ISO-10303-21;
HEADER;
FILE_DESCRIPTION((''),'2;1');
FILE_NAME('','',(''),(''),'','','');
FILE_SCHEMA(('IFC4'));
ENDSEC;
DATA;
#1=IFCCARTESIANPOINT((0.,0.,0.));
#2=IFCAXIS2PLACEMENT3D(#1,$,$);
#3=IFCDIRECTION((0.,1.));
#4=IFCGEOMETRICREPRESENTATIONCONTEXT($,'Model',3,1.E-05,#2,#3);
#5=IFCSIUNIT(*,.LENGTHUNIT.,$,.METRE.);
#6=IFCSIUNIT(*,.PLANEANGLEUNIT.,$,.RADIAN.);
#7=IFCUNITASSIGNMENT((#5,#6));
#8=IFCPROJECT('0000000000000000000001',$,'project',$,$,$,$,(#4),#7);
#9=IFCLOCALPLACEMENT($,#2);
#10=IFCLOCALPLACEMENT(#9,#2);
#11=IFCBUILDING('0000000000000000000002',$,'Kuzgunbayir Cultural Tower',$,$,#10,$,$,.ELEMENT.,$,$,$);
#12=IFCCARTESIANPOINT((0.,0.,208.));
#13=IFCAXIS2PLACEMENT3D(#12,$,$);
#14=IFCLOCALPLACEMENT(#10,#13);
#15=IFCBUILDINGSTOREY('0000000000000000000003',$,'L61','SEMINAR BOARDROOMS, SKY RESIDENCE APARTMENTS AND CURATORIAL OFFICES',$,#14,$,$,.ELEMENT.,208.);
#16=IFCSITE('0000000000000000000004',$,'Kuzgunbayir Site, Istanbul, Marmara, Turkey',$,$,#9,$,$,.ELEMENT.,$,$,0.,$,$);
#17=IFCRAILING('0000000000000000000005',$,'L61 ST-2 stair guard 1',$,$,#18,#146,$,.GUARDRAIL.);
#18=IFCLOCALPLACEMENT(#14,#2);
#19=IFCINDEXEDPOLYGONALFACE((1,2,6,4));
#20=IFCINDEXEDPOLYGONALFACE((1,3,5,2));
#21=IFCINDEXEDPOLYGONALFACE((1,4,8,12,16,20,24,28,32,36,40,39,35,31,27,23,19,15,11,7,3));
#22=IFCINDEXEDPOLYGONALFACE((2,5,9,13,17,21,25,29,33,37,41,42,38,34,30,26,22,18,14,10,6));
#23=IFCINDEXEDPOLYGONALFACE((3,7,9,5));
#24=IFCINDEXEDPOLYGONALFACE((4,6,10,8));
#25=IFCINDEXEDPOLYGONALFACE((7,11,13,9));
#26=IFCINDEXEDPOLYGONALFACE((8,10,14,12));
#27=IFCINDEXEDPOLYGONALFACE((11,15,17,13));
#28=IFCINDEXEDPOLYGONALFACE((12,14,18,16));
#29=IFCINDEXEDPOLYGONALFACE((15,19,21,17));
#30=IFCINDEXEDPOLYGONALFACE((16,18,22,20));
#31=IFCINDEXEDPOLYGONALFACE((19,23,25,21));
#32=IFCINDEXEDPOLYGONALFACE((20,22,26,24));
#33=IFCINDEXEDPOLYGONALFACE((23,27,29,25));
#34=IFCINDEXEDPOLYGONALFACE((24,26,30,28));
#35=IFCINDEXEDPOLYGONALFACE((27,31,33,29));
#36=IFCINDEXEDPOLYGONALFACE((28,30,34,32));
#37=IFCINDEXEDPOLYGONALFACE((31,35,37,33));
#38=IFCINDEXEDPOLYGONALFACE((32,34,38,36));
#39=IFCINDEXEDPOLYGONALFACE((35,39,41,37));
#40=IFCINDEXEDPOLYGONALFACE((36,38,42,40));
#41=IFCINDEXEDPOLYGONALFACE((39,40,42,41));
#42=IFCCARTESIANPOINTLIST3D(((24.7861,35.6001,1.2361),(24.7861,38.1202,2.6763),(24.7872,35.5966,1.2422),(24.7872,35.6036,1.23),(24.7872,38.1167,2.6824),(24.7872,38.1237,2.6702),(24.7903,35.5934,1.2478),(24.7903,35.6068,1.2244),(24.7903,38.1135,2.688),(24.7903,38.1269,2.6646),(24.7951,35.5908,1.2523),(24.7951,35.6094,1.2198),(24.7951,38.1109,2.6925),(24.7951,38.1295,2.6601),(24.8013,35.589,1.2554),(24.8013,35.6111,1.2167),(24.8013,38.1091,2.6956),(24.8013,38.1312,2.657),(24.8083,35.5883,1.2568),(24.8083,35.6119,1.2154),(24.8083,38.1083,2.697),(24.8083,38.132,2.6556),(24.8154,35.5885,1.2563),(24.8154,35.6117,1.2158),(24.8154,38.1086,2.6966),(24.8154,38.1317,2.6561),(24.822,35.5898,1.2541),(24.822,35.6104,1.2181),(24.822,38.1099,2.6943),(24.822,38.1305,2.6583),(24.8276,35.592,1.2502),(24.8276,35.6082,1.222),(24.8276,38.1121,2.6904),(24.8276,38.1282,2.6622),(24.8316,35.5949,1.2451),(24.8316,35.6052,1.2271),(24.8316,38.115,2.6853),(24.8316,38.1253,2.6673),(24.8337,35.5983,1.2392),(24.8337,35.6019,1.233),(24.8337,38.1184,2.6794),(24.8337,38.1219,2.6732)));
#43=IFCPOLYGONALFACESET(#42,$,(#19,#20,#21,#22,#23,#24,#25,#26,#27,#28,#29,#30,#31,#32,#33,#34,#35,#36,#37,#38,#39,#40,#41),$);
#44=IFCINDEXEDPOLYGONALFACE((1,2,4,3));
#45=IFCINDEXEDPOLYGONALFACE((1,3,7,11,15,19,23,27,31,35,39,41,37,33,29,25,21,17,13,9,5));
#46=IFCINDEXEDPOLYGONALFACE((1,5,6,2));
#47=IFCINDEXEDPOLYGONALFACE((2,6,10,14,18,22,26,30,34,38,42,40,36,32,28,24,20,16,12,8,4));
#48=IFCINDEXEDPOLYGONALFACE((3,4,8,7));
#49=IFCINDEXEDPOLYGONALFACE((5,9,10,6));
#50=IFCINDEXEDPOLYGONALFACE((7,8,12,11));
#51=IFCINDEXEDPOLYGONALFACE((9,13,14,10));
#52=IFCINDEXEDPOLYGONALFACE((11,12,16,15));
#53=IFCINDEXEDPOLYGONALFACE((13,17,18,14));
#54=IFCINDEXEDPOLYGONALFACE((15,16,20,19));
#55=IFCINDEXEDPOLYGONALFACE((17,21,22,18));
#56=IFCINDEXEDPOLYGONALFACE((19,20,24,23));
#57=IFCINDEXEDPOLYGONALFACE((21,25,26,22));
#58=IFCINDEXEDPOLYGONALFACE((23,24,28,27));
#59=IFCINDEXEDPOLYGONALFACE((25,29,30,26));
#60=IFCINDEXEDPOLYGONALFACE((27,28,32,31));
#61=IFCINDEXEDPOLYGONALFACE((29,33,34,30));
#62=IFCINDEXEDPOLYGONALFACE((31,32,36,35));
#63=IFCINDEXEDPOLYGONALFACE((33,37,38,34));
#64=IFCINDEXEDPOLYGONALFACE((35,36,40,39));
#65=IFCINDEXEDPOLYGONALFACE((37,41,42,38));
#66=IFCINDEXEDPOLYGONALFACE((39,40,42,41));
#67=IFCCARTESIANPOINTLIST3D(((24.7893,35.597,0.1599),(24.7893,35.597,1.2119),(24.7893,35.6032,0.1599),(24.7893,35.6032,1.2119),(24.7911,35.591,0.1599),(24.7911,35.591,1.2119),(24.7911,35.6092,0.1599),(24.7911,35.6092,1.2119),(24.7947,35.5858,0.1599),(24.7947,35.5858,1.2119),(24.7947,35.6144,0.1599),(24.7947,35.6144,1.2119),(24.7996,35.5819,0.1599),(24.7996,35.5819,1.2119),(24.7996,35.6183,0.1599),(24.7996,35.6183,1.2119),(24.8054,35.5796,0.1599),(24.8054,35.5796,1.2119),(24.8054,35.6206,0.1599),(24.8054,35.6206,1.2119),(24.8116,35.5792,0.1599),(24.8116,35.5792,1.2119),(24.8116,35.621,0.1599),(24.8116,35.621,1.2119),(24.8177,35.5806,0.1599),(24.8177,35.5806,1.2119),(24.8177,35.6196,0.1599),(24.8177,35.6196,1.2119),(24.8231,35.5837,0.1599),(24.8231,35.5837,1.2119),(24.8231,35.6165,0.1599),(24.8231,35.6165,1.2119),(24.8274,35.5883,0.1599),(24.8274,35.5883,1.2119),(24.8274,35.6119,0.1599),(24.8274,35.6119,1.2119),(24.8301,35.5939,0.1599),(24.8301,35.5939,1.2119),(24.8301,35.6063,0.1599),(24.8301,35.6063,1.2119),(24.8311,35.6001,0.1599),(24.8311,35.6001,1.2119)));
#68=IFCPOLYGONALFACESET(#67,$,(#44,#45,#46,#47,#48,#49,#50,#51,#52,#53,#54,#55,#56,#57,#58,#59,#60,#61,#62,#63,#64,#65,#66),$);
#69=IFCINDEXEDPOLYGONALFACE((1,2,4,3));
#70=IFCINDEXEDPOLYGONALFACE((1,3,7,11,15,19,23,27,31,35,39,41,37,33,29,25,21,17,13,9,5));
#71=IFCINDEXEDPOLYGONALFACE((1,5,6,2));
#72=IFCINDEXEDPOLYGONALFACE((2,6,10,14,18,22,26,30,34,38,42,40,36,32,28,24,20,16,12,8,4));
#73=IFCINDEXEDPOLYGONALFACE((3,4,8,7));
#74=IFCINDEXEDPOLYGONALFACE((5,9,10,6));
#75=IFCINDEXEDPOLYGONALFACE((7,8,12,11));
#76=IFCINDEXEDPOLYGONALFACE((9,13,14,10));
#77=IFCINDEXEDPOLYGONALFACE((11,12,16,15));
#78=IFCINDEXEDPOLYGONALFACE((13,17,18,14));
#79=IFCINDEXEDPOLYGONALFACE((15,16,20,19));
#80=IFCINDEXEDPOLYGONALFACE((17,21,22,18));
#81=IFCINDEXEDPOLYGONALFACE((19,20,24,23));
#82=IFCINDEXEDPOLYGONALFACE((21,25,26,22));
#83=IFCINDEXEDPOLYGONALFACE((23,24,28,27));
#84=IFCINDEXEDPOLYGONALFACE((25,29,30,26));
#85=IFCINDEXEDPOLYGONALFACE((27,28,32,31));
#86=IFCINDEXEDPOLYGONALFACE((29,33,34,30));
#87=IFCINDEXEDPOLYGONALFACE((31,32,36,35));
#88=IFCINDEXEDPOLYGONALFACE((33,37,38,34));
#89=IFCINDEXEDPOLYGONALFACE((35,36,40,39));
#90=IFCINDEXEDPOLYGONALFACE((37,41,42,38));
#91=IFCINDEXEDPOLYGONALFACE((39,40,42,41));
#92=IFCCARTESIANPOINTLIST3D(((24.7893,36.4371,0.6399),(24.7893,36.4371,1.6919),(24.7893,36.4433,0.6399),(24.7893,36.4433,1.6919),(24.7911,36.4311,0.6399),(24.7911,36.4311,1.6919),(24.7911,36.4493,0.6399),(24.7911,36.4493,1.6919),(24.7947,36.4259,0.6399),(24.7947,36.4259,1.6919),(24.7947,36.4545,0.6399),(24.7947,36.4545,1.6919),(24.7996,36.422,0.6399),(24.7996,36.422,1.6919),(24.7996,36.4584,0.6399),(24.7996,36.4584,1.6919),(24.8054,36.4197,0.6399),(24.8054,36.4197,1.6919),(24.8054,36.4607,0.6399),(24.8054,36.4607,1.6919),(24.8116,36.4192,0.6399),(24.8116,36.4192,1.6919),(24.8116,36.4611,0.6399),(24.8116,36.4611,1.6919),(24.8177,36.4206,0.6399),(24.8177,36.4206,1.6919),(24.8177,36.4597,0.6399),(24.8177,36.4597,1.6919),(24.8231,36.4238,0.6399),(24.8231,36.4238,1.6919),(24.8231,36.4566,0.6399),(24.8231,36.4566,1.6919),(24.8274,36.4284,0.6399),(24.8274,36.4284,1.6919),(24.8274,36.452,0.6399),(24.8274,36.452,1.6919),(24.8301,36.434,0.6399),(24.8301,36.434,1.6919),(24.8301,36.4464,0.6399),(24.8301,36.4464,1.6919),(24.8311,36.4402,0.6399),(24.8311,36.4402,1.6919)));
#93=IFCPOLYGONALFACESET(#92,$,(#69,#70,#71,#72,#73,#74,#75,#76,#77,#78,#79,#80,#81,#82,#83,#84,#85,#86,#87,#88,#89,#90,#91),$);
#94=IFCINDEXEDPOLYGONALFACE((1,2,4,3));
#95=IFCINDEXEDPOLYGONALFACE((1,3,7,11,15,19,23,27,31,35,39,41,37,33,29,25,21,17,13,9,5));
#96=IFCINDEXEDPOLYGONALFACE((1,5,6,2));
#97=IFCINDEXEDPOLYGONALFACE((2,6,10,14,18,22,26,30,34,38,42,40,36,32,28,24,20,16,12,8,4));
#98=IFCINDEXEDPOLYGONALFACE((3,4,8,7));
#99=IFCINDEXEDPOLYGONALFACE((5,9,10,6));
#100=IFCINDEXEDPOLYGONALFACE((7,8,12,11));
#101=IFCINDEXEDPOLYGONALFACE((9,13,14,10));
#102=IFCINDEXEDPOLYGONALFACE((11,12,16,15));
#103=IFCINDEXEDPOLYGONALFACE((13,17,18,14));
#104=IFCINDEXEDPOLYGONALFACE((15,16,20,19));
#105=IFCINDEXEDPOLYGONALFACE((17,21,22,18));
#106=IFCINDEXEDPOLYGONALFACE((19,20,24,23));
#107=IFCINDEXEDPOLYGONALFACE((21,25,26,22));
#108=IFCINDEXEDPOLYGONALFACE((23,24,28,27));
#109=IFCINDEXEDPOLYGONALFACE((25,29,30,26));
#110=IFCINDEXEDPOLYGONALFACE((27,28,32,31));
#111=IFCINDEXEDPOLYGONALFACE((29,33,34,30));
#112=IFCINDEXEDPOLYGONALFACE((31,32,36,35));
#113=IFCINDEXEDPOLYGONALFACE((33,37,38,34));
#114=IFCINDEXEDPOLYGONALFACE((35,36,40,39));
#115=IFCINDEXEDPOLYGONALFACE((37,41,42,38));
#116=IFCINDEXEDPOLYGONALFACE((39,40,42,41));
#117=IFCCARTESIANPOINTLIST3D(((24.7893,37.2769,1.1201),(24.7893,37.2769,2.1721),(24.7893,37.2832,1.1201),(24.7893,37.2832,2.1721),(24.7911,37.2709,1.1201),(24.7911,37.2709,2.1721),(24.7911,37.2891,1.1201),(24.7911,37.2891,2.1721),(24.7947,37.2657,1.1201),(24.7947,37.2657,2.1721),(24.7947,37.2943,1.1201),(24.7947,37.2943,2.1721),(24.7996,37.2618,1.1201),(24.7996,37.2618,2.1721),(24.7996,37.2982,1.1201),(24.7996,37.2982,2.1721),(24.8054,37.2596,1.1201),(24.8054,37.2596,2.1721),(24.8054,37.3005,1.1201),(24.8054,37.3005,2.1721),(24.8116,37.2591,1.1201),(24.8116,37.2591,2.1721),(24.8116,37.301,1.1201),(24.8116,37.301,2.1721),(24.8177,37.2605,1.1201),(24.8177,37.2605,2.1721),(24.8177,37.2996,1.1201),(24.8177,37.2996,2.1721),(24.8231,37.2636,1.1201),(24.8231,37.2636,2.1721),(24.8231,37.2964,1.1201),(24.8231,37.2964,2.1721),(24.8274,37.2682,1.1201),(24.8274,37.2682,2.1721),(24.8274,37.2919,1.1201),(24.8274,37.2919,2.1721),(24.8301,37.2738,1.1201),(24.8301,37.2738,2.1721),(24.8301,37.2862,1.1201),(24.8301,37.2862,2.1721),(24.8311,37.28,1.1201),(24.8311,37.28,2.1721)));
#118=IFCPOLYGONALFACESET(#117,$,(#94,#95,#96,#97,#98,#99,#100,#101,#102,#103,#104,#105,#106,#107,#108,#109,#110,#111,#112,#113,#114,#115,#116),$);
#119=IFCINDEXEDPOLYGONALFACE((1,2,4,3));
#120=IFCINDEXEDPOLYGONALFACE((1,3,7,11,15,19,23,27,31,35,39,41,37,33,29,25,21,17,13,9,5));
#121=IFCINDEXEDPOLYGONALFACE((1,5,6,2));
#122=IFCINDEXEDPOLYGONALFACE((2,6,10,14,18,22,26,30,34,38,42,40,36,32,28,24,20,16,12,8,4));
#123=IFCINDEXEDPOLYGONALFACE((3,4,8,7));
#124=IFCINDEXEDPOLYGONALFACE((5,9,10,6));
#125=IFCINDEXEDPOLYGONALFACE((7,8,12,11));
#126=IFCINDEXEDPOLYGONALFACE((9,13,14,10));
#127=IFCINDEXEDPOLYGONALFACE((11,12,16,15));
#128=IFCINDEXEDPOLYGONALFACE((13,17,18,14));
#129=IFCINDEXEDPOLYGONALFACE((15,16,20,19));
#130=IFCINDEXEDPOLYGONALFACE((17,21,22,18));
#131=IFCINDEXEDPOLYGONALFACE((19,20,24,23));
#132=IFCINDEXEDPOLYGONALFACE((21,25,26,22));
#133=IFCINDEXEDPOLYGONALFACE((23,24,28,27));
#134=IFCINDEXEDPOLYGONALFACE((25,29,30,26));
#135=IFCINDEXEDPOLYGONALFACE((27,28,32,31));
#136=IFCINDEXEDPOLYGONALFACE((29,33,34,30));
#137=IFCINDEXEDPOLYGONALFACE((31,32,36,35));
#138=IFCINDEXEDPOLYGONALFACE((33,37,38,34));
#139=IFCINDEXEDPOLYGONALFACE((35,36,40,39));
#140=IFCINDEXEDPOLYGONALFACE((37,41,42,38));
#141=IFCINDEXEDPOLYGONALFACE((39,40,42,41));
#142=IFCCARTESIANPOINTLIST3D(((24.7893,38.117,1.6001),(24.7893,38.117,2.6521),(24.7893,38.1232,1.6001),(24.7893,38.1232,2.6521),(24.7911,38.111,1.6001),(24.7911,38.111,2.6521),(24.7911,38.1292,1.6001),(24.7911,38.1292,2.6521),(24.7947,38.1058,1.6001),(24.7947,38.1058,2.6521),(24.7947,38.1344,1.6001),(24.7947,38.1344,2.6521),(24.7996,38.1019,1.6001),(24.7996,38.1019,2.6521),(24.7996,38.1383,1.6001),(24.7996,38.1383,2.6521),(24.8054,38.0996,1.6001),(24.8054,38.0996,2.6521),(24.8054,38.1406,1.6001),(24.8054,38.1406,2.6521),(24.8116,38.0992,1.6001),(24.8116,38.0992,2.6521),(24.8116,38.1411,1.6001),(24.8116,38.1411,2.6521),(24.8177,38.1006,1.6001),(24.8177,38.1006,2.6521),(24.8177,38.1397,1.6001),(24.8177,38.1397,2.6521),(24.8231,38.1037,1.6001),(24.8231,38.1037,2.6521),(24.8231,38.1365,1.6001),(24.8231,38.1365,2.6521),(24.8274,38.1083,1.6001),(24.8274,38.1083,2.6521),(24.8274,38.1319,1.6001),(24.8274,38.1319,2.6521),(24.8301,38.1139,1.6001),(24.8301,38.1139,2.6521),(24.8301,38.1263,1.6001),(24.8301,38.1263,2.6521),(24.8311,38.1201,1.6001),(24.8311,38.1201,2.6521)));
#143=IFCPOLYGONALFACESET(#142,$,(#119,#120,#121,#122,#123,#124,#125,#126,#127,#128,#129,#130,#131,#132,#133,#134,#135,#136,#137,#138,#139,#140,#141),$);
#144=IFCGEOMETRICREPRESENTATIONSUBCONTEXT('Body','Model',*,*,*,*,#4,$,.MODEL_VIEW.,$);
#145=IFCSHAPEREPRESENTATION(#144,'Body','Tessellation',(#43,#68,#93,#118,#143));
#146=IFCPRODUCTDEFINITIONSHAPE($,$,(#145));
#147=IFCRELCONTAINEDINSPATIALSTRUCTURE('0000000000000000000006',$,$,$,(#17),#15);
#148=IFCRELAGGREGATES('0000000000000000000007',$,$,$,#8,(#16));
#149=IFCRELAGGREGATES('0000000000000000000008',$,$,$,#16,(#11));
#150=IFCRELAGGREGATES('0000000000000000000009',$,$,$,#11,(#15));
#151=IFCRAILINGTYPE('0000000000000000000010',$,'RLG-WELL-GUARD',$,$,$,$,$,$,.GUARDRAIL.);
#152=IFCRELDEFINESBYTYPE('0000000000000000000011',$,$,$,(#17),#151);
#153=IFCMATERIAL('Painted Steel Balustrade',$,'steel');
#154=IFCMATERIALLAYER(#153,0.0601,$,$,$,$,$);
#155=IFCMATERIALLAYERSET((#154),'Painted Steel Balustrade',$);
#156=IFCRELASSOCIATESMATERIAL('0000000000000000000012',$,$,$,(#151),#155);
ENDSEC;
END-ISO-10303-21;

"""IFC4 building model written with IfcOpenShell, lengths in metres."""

from ifc_helpers import new_model, si_unit, direction, frame, origin, origin_2d, place, context, subcontext, project, spatial, circle, extrude, material, layer, layer_set, type_object, element, save


model = new_model("IFC4")

# Units and contexts
model_context = context("Model", 3, precision=1e-05, world=origin(), true_north=direction((0.0, 1.0)))
body_context = subcontext(model_context, "Body", "Model", "MODEL_VIEW")
ifc_project = project(units=[si_unit("LENGTHUNIT", "METRE"), si_unit("PLANEANGLEUNIT", "RADIAN")], contexts=[model_context])

# Site, building, storey
site_placement = place(None, origin())
site = spatial("IfcSite", under=ifc_project, at=site_placement, Name="Kuzgunbayir Site, Istanbul, Marmara, Turkey", CompositionType="ELEMENT", RefElevation=0.0)
building_placement = place(site_placement, origin())
building = spatial("IfcBuilding", under=site, at=building_placement, Name="Kuzgunbayir Cultural Tower", CompositionType="ELEMENT")
storey_placement = place(building_placement, frame((0.0, 0.0, 208.0)))
storey = spatial("IfcBuildingStorey", under=building, at=storey_placement, Name="L61", Description="SEMINAR BOARDROOMS, SKY RESIDENCE APARTMENTS AND CURATORIAL OFFICES", CompositionType="ELEMENT", Elevation=208.0)

# Railing
ifc_material_1 = material(Name="Painted Steel Balustrade", Category="steel")
ifc_layer_1 = layer(ifc_material_1, 0.0601)
ifc_layer_set_1 = layer_set([ifc_layer_1], Name="Painted Steel Balustrade")
railing_type_1 = type_object("IfcRailingType", Name="RLG-WELL-GUARD", PredefinedType="GUARDRAIL", material=ifc_layer_set_1)
railing_1_placement = place(storey_placement, frame((24.8101, 35.6001, 0.1599)))
element("IfcRailing", 1, at=railing_1_placement, inside=storey, type_object=railing_type_1, Name="L61 ST-2 stair guard 1", PredefinedType="GUARDRAIL", context=body_context, shape_type="SweptSolid", body=[
    extrude(circle(Radius=0.0239, at=origin_2d()), frame((0.0, 0.0, 1.0762), z_axis=(0.0, 0.868217, 0.496184), x_axis=(-1.0, 0.0, 0.0)), (0.0, 0.0, 1.0), 2.9026),
    extrude(circle(Radius=0.021, at=origin_2d()), origin(), (0.0, 0.0, 1.0), 1.052),
    extrude(circle(Radius=0.021, at=origin_2d()), frame((0.0, 0.8401, 0.48)), (0.0, 0.0, 1.0), 1.052),
    extrude(circle(Radius=0.021, at=origin_2d()), frame((0.0, 1.6799, 0.9602)), (0.0, 0.0, 1.0), 1.052),
    extrude(circle(Radius=0.021, at=origin_2d()), frame((0.0, 2.52, 1.4402)), (0.0, 0.0, 1.0), 1.052),
])

save(model, "model.ifc")
